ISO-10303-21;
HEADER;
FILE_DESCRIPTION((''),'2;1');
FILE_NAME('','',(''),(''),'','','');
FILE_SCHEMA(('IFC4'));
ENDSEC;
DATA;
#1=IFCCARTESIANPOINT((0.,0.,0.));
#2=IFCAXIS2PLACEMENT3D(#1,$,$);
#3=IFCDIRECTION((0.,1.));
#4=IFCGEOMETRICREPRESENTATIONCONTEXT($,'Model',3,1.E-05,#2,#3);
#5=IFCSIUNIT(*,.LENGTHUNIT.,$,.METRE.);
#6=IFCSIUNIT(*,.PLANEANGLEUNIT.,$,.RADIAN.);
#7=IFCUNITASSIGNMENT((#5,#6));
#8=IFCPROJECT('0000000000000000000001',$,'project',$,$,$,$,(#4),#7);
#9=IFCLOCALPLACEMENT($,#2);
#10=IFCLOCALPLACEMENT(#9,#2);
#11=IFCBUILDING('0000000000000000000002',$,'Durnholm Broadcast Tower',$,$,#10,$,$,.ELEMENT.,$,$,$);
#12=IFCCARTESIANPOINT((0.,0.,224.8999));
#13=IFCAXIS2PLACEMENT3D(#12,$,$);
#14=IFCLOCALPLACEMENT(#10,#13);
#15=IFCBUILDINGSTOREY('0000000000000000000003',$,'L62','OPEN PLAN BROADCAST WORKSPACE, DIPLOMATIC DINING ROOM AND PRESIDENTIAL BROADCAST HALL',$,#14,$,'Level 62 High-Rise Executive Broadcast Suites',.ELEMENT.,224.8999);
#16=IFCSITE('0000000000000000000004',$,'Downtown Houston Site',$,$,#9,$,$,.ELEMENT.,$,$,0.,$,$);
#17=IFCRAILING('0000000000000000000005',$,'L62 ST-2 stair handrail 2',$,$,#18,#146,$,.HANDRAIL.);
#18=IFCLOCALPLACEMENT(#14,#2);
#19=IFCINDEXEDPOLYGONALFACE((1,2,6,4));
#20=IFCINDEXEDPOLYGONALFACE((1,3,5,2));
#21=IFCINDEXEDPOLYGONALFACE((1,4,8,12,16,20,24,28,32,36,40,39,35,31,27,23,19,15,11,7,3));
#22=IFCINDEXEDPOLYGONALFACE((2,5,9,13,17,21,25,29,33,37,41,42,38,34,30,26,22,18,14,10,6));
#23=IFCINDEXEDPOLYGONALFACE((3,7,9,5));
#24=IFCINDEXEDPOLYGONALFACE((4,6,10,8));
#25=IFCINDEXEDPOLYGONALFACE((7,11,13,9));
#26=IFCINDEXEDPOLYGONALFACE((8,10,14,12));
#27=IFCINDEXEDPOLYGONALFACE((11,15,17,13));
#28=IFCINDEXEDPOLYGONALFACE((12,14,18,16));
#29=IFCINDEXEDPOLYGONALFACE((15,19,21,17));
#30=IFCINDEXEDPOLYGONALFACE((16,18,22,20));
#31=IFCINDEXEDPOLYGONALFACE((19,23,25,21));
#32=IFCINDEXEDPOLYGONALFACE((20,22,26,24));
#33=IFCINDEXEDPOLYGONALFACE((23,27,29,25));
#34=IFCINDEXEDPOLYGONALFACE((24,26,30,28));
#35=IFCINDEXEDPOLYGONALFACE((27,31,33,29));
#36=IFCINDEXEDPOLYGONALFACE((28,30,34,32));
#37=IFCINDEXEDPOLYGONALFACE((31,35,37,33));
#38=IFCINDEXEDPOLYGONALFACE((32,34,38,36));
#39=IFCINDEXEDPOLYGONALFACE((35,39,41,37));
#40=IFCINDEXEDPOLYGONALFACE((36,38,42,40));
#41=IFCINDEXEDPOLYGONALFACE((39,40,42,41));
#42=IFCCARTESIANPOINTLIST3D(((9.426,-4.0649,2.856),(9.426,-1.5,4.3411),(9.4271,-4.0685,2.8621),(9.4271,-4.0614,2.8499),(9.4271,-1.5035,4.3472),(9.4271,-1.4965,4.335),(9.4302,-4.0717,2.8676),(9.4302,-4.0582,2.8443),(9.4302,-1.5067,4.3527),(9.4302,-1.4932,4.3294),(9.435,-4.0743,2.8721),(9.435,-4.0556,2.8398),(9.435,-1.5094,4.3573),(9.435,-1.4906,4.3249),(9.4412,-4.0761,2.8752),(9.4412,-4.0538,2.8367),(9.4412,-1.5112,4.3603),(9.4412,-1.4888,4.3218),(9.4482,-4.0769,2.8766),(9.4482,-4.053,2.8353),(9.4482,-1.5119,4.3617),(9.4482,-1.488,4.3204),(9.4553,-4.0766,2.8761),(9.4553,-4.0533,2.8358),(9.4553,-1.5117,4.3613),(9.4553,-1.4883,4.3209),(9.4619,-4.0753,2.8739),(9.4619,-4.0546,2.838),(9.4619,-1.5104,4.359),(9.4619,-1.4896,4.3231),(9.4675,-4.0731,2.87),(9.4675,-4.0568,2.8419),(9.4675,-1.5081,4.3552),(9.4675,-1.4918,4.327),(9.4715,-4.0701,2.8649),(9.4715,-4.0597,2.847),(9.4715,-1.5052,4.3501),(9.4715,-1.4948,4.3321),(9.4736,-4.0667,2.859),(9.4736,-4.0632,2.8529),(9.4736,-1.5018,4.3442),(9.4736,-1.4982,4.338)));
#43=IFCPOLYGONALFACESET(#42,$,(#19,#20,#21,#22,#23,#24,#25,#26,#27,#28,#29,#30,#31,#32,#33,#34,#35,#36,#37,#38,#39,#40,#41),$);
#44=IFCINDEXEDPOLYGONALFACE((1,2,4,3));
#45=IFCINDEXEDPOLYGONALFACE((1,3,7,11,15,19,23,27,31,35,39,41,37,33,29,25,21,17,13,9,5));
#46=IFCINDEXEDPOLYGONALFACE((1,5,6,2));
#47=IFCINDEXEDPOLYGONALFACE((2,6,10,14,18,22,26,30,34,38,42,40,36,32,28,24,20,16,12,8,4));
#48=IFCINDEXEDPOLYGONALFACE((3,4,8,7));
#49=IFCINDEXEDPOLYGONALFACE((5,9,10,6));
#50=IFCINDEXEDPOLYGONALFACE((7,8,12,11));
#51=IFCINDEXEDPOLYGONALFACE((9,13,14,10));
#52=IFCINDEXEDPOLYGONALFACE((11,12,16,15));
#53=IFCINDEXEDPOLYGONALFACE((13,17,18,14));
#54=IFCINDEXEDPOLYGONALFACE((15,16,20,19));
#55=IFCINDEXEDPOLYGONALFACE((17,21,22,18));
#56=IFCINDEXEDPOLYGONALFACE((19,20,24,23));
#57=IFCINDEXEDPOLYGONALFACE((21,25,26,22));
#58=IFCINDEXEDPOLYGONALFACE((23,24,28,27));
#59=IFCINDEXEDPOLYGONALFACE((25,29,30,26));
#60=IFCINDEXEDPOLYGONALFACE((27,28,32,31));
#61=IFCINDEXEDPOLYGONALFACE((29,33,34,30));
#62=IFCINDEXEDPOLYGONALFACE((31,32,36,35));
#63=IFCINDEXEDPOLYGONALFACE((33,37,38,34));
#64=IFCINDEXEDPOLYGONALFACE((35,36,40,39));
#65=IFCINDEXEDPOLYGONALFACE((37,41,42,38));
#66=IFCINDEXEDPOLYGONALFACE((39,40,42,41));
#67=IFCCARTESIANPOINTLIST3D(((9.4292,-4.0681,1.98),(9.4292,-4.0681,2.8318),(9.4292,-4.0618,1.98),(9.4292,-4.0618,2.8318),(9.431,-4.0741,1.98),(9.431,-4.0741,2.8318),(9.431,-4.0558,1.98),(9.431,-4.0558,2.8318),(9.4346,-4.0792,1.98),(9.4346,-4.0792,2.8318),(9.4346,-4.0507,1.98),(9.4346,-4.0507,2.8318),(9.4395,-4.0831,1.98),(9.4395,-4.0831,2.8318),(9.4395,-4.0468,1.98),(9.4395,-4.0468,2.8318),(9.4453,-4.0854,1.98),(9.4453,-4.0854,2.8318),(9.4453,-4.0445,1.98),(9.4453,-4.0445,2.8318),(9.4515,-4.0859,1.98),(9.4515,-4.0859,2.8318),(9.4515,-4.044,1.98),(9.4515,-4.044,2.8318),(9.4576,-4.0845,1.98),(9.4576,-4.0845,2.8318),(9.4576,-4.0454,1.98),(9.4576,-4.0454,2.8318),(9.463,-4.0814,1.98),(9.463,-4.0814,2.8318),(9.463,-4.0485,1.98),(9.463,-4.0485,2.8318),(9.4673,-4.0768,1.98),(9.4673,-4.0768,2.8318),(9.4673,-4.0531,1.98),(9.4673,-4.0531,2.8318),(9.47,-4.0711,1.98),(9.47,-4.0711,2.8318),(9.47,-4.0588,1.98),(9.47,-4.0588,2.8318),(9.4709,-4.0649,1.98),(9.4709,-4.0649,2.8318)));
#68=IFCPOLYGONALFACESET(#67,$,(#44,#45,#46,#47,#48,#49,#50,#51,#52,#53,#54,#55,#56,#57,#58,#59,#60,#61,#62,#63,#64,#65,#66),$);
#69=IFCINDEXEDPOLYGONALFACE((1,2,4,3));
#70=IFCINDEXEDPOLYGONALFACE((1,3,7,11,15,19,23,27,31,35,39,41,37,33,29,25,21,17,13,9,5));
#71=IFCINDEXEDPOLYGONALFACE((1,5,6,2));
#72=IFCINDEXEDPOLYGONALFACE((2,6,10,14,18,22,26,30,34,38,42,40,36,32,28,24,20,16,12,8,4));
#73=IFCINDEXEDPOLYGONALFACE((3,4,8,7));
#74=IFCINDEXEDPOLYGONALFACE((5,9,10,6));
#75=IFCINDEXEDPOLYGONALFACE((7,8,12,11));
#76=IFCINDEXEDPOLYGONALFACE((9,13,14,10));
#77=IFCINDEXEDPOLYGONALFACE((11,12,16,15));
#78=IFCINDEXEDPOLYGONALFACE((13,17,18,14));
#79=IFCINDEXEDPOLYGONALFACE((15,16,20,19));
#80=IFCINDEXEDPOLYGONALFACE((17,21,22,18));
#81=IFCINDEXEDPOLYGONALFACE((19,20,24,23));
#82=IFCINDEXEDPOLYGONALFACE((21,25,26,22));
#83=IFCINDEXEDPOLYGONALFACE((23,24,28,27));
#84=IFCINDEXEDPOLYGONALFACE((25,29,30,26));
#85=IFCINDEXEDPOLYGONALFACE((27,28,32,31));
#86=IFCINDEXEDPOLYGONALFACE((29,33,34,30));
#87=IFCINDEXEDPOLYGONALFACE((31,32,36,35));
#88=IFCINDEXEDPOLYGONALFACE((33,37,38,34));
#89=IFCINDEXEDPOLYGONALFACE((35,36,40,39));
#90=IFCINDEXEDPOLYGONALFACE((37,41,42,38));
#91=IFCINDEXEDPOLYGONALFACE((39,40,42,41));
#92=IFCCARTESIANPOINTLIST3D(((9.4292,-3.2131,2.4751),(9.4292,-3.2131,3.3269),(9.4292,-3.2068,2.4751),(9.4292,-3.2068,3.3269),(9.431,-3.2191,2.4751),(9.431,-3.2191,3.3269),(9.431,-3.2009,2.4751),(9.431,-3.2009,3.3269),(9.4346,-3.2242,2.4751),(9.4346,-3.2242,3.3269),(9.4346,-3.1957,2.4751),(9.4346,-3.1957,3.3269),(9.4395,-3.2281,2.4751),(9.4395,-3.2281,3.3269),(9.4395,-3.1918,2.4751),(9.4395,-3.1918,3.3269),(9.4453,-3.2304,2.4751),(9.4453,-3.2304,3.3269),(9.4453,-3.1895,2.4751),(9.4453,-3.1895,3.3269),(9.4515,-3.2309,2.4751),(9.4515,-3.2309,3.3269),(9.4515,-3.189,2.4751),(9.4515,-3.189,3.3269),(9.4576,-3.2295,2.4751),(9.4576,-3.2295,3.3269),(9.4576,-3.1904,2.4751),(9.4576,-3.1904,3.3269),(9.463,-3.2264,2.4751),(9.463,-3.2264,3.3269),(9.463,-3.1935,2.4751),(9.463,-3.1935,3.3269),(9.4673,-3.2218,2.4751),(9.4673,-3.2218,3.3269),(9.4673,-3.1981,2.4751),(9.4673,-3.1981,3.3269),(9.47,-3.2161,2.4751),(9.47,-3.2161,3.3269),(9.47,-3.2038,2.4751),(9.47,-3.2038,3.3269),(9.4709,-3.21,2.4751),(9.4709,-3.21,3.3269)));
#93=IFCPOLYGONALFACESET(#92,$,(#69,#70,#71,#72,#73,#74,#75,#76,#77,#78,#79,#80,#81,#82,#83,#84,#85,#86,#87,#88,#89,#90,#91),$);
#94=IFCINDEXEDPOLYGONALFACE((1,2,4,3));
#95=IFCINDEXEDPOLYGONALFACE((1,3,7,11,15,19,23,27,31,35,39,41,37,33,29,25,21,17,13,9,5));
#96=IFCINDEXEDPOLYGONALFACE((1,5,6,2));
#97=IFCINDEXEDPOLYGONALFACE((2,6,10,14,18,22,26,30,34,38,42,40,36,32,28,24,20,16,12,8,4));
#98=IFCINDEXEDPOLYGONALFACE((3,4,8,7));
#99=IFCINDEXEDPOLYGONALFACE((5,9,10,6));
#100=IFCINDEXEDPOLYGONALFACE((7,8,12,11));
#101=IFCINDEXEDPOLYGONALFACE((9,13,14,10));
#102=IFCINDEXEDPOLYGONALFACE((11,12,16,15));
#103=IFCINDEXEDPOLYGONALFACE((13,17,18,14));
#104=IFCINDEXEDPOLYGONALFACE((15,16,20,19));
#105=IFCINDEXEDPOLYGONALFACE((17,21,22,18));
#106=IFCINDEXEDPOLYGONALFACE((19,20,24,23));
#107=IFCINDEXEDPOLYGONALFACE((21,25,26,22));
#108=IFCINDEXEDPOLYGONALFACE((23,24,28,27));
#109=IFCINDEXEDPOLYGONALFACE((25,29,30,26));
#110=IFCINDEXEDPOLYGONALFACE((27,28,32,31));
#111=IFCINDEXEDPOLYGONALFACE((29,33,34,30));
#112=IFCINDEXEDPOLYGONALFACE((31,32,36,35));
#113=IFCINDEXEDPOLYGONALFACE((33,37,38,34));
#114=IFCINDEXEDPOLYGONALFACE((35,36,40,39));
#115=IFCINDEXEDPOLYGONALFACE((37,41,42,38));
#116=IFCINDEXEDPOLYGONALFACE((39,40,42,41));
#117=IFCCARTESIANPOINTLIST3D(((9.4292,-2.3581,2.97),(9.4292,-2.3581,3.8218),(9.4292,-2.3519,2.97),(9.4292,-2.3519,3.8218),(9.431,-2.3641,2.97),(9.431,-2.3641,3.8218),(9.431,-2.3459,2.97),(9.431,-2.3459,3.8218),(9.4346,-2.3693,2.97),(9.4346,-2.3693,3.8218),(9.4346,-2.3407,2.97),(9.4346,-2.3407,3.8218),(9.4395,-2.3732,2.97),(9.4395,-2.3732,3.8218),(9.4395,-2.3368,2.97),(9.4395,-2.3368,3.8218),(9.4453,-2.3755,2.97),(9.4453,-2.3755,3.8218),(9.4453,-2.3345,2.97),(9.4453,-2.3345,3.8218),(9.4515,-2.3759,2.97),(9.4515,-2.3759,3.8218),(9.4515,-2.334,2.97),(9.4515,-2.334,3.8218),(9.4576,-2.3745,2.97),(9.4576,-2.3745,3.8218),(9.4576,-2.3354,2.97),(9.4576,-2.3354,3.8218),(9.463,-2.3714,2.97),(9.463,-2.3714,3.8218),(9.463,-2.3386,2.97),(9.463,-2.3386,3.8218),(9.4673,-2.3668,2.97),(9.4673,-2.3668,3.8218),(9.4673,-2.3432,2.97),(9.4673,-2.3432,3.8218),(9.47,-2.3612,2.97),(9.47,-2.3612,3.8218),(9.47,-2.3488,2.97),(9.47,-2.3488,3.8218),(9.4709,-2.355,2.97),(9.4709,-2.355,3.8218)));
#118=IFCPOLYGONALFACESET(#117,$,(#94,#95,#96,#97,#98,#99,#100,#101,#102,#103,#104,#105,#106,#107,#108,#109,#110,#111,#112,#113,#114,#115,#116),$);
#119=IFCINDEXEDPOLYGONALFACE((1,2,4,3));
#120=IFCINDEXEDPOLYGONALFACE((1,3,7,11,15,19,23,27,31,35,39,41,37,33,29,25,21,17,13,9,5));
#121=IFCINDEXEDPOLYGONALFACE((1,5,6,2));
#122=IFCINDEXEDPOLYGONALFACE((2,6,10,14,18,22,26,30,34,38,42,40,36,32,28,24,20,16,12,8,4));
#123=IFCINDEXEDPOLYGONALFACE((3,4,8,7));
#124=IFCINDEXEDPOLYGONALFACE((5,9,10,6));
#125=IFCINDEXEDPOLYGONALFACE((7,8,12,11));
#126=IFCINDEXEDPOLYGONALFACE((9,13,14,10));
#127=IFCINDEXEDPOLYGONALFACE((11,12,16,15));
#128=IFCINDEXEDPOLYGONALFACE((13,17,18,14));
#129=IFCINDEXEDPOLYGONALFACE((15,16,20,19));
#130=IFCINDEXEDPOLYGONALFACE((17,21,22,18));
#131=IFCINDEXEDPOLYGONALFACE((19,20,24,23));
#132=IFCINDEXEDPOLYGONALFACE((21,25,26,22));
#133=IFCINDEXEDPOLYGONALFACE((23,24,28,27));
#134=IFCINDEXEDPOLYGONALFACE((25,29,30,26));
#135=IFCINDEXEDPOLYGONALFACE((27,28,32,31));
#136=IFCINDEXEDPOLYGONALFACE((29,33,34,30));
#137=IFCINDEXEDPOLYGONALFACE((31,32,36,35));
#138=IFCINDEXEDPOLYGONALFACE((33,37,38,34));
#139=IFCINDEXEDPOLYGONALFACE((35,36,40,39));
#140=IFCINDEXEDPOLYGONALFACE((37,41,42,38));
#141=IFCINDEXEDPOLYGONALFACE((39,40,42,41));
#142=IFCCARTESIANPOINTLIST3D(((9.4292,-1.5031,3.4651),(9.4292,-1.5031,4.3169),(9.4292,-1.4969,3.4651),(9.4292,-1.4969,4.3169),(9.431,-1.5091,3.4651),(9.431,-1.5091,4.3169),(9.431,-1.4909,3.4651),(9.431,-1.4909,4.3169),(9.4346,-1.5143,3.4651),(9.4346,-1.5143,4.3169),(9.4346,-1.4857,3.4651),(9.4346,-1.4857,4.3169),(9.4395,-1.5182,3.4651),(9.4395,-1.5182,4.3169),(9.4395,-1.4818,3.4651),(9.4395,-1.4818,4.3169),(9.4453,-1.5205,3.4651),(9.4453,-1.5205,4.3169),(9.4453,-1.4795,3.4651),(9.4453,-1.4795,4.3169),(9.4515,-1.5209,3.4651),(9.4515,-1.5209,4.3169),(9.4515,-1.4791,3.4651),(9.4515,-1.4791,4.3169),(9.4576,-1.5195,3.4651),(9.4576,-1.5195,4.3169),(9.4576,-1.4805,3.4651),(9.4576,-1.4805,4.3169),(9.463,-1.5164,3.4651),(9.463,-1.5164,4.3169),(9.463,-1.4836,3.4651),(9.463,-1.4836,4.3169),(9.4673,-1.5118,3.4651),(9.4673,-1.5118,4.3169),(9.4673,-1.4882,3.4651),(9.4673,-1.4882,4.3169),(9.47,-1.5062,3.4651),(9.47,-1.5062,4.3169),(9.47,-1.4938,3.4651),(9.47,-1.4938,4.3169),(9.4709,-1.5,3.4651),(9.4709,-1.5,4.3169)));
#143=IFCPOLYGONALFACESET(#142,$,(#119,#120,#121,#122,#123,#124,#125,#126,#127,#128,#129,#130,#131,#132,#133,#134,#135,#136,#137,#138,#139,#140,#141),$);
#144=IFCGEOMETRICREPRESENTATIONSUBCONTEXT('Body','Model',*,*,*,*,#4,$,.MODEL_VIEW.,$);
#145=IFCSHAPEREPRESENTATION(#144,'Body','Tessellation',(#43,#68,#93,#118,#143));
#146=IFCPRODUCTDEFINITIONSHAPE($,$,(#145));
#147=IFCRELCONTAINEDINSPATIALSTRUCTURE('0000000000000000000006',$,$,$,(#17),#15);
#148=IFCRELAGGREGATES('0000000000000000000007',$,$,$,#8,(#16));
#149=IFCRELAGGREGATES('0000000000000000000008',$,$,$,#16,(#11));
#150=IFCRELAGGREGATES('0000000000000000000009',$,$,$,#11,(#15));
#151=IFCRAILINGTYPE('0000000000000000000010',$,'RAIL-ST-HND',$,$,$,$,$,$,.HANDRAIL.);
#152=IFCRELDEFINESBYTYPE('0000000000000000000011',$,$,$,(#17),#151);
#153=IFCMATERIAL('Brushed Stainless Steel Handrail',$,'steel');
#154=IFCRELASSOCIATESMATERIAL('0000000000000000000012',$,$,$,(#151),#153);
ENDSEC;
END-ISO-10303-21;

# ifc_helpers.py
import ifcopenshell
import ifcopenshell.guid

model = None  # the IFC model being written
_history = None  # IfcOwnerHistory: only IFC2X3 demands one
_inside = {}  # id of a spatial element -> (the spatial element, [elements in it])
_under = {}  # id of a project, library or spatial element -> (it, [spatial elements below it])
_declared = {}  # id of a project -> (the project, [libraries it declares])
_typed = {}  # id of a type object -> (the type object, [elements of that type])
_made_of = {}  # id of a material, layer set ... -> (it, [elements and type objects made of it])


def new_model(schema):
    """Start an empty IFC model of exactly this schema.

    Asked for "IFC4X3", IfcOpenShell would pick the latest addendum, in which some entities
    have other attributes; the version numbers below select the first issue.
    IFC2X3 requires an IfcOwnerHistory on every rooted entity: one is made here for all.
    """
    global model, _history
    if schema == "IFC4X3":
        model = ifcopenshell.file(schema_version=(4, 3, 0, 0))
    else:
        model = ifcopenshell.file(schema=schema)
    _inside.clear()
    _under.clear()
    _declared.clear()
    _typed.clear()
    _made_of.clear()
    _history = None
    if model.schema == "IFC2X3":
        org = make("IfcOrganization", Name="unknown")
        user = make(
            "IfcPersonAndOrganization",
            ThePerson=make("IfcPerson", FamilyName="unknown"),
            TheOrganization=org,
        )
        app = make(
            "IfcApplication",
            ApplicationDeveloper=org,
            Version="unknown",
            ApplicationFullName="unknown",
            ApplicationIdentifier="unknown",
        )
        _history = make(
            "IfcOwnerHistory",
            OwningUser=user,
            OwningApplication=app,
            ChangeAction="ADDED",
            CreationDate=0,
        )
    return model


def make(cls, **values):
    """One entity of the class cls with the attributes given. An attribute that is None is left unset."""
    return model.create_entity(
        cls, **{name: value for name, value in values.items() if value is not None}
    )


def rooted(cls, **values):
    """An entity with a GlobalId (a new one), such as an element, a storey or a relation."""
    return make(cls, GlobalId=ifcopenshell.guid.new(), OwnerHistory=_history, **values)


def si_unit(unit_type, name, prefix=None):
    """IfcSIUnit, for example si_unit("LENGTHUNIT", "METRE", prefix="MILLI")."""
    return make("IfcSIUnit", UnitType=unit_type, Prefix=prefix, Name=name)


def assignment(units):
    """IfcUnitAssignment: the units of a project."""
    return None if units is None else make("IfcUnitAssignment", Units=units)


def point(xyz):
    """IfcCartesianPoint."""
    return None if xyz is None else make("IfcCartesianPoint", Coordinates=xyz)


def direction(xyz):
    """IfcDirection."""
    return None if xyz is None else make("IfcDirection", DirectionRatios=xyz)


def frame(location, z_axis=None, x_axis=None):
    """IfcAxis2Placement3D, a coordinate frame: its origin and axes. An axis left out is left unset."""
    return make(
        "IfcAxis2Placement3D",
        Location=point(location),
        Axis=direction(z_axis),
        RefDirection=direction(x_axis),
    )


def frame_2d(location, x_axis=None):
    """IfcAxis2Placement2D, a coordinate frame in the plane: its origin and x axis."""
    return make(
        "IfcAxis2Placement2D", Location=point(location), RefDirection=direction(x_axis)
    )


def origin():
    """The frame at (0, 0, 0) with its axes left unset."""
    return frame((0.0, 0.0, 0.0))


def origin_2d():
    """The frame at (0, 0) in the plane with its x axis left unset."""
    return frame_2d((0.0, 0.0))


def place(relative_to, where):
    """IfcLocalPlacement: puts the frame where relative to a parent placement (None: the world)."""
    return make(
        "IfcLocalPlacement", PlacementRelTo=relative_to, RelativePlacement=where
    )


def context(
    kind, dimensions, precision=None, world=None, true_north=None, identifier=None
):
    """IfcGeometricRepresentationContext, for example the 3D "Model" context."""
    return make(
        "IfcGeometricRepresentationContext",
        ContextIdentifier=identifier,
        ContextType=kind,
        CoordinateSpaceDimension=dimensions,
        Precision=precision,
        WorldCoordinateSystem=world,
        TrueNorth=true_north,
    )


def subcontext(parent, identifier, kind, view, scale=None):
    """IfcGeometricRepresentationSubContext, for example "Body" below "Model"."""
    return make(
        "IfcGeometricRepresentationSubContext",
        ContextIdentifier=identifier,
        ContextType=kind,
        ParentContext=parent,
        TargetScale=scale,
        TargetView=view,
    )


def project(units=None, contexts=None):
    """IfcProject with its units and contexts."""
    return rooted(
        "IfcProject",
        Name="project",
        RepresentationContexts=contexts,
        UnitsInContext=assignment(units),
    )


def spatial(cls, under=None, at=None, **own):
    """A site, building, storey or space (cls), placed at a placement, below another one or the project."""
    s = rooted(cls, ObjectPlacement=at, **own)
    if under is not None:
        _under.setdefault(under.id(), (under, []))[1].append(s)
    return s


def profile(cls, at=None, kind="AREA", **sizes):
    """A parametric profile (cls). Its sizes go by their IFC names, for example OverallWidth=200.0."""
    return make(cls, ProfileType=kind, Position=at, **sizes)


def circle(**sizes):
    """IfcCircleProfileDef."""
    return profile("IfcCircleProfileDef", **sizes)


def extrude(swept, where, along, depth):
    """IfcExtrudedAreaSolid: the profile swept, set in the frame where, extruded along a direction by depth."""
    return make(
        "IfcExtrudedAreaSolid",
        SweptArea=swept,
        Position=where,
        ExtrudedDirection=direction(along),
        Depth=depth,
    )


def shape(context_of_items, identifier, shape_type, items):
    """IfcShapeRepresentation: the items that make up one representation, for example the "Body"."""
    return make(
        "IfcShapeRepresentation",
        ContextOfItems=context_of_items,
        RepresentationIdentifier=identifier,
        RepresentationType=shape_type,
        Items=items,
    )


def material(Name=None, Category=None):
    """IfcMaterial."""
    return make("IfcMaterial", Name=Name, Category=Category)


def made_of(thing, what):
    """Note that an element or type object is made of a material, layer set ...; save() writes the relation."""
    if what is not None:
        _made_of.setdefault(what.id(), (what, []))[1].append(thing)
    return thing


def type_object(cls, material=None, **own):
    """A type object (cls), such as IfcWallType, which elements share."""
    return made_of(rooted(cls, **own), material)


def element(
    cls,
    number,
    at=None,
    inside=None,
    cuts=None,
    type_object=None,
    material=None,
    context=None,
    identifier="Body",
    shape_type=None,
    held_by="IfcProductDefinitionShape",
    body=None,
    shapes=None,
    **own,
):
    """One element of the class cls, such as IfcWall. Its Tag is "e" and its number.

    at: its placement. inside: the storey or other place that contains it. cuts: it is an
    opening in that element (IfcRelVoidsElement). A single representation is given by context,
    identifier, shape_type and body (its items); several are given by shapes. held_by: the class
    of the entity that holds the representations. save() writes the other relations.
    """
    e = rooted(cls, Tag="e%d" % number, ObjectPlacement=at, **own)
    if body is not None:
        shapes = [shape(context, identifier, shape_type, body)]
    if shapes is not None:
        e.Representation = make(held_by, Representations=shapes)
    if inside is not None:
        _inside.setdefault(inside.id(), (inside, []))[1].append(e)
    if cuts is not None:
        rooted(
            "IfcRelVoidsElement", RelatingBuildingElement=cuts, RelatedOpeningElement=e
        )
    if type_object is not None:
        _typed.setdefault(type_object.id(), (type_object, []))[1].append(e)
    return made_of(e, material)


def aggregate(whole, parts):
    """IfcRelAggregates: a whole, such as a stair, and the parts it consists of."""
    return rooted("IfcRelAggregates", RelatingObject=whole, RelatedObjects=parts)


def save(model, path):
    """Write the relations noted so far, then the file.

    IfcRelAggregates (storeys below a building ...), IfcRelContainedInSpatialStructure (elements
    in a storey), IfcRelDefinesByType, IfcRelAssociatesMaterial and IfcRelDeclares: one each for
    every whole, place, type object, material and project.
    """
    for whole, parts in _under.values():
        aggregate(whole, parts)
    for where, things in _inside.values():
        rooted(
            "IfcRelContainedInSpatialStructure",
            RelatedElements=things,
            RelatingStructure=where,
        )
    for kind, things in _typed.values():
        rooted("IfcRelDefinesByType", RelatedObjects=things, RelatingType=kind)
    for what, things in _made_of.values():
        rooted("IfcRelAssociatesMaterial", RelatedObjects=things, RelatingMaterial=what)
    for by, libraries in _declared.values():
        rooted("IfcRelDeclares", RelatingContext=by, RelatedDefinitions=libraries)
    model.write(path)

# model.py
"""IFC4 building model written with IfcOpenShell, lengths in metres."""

from ifc_helpers import new_model, si_unit, direction, frame, origin, origin_2d, place, context, subcontext, project, spatial, circle, extrude, material, type_object, element, save


model = new_model("IFC4")

# Units and contexts
model_context = context("Model", 3, precision=1e-05, world=origin(), true_north=direction((0.0, 1.0)))
body_context = subcontext(model_context, "Body", "Model", "MODEL_VIEW")
ifc_project = project(units=[si_unit("LENGTHUNIT", "METRE"), si_unit("PLANEANGLEUNIT", "RADIAN")], contexts=[model_context])

# Site, building, storey
site_placement = place(None, origin())
site = spatial("IfcSite", under=ifc_project, at=site_placement, Name="Downtown Houston Site", CompositionType="ELEMENT", RefElevation=0.0)
building_placement = place(site_placement, origin())
building = spatial("IfcBuilding", under=site, at=building_placement, Name="Durnholm Broadcast Tower", CompositionType="ELEMENT")
storey_placement = place(building_placement, frame((0.0, 0.0, 224.8999)))
storey = spatial("IfcBuildingStorey", under=building, at=storey_placement, Name="L62", Description="OPEN PLAN BROADCAST WORKSPACE, DIPLOMATIC DINING ROOM AND PRESIDENTIAL BROADCAST HALL", LongName="Level 62 High-Rise Executive Broadcast Suites", CompositionType="ELEMENT", Elevation=224.8999)

# Railing
ifc_material_1 = material(Name="Brushed Stainless Steel Handrail", Category="steel")
railing_type_1 = type_object("IfcRailingType", Name="RAIL-ST-HND", PredefinedType="HANDRAIL", material=ifc_material_1)
railing_1_placement = place(storey_placement, frame((9.45, -4.0649, 1.98)))
element("IfcRailing", 1, at=railing_1_placement, inside=storey, type_object=railing_type_1, Name="L62 ST-2 stair handrail 2", PredefinedType="HANDRAIL", context=body_context, shape_type="SweptSolid", body=[
    extrude(circle(Radius=0.0239, at=origin_2d()), frame((0.0, 0.0, 0.876), z_axis=(0.0, 0.865406, 0.501072), x_axis=(-1.0, 0.0, 0.0)), (0.0, 0.0, 1.0), 2.9639),
    extrude(circle(Radius=0.021, at=origin_2d()), origin(), (0.0, 0.0, 1.0), 0.8518),
    extrude(circle(Radius=0.021, at=origin_2d()), frame((0.0, 0.855, 0.4951)), (0.0, 0.0, 1.0), 0.8518),
    extrude(circle(Radius=0.021, at=origin_2d()), frame((0.0, 1.71, 0.99)), (0.0, 0.0, 1.0), 0.8518),
    extrude(circle(Radius=0.021, at=origin_2d()), frame((0.0, 2.5649, 1.4851)), (0.0, 0.0, 1.0), 0.8518),
])

save(model, "model.ifc")
